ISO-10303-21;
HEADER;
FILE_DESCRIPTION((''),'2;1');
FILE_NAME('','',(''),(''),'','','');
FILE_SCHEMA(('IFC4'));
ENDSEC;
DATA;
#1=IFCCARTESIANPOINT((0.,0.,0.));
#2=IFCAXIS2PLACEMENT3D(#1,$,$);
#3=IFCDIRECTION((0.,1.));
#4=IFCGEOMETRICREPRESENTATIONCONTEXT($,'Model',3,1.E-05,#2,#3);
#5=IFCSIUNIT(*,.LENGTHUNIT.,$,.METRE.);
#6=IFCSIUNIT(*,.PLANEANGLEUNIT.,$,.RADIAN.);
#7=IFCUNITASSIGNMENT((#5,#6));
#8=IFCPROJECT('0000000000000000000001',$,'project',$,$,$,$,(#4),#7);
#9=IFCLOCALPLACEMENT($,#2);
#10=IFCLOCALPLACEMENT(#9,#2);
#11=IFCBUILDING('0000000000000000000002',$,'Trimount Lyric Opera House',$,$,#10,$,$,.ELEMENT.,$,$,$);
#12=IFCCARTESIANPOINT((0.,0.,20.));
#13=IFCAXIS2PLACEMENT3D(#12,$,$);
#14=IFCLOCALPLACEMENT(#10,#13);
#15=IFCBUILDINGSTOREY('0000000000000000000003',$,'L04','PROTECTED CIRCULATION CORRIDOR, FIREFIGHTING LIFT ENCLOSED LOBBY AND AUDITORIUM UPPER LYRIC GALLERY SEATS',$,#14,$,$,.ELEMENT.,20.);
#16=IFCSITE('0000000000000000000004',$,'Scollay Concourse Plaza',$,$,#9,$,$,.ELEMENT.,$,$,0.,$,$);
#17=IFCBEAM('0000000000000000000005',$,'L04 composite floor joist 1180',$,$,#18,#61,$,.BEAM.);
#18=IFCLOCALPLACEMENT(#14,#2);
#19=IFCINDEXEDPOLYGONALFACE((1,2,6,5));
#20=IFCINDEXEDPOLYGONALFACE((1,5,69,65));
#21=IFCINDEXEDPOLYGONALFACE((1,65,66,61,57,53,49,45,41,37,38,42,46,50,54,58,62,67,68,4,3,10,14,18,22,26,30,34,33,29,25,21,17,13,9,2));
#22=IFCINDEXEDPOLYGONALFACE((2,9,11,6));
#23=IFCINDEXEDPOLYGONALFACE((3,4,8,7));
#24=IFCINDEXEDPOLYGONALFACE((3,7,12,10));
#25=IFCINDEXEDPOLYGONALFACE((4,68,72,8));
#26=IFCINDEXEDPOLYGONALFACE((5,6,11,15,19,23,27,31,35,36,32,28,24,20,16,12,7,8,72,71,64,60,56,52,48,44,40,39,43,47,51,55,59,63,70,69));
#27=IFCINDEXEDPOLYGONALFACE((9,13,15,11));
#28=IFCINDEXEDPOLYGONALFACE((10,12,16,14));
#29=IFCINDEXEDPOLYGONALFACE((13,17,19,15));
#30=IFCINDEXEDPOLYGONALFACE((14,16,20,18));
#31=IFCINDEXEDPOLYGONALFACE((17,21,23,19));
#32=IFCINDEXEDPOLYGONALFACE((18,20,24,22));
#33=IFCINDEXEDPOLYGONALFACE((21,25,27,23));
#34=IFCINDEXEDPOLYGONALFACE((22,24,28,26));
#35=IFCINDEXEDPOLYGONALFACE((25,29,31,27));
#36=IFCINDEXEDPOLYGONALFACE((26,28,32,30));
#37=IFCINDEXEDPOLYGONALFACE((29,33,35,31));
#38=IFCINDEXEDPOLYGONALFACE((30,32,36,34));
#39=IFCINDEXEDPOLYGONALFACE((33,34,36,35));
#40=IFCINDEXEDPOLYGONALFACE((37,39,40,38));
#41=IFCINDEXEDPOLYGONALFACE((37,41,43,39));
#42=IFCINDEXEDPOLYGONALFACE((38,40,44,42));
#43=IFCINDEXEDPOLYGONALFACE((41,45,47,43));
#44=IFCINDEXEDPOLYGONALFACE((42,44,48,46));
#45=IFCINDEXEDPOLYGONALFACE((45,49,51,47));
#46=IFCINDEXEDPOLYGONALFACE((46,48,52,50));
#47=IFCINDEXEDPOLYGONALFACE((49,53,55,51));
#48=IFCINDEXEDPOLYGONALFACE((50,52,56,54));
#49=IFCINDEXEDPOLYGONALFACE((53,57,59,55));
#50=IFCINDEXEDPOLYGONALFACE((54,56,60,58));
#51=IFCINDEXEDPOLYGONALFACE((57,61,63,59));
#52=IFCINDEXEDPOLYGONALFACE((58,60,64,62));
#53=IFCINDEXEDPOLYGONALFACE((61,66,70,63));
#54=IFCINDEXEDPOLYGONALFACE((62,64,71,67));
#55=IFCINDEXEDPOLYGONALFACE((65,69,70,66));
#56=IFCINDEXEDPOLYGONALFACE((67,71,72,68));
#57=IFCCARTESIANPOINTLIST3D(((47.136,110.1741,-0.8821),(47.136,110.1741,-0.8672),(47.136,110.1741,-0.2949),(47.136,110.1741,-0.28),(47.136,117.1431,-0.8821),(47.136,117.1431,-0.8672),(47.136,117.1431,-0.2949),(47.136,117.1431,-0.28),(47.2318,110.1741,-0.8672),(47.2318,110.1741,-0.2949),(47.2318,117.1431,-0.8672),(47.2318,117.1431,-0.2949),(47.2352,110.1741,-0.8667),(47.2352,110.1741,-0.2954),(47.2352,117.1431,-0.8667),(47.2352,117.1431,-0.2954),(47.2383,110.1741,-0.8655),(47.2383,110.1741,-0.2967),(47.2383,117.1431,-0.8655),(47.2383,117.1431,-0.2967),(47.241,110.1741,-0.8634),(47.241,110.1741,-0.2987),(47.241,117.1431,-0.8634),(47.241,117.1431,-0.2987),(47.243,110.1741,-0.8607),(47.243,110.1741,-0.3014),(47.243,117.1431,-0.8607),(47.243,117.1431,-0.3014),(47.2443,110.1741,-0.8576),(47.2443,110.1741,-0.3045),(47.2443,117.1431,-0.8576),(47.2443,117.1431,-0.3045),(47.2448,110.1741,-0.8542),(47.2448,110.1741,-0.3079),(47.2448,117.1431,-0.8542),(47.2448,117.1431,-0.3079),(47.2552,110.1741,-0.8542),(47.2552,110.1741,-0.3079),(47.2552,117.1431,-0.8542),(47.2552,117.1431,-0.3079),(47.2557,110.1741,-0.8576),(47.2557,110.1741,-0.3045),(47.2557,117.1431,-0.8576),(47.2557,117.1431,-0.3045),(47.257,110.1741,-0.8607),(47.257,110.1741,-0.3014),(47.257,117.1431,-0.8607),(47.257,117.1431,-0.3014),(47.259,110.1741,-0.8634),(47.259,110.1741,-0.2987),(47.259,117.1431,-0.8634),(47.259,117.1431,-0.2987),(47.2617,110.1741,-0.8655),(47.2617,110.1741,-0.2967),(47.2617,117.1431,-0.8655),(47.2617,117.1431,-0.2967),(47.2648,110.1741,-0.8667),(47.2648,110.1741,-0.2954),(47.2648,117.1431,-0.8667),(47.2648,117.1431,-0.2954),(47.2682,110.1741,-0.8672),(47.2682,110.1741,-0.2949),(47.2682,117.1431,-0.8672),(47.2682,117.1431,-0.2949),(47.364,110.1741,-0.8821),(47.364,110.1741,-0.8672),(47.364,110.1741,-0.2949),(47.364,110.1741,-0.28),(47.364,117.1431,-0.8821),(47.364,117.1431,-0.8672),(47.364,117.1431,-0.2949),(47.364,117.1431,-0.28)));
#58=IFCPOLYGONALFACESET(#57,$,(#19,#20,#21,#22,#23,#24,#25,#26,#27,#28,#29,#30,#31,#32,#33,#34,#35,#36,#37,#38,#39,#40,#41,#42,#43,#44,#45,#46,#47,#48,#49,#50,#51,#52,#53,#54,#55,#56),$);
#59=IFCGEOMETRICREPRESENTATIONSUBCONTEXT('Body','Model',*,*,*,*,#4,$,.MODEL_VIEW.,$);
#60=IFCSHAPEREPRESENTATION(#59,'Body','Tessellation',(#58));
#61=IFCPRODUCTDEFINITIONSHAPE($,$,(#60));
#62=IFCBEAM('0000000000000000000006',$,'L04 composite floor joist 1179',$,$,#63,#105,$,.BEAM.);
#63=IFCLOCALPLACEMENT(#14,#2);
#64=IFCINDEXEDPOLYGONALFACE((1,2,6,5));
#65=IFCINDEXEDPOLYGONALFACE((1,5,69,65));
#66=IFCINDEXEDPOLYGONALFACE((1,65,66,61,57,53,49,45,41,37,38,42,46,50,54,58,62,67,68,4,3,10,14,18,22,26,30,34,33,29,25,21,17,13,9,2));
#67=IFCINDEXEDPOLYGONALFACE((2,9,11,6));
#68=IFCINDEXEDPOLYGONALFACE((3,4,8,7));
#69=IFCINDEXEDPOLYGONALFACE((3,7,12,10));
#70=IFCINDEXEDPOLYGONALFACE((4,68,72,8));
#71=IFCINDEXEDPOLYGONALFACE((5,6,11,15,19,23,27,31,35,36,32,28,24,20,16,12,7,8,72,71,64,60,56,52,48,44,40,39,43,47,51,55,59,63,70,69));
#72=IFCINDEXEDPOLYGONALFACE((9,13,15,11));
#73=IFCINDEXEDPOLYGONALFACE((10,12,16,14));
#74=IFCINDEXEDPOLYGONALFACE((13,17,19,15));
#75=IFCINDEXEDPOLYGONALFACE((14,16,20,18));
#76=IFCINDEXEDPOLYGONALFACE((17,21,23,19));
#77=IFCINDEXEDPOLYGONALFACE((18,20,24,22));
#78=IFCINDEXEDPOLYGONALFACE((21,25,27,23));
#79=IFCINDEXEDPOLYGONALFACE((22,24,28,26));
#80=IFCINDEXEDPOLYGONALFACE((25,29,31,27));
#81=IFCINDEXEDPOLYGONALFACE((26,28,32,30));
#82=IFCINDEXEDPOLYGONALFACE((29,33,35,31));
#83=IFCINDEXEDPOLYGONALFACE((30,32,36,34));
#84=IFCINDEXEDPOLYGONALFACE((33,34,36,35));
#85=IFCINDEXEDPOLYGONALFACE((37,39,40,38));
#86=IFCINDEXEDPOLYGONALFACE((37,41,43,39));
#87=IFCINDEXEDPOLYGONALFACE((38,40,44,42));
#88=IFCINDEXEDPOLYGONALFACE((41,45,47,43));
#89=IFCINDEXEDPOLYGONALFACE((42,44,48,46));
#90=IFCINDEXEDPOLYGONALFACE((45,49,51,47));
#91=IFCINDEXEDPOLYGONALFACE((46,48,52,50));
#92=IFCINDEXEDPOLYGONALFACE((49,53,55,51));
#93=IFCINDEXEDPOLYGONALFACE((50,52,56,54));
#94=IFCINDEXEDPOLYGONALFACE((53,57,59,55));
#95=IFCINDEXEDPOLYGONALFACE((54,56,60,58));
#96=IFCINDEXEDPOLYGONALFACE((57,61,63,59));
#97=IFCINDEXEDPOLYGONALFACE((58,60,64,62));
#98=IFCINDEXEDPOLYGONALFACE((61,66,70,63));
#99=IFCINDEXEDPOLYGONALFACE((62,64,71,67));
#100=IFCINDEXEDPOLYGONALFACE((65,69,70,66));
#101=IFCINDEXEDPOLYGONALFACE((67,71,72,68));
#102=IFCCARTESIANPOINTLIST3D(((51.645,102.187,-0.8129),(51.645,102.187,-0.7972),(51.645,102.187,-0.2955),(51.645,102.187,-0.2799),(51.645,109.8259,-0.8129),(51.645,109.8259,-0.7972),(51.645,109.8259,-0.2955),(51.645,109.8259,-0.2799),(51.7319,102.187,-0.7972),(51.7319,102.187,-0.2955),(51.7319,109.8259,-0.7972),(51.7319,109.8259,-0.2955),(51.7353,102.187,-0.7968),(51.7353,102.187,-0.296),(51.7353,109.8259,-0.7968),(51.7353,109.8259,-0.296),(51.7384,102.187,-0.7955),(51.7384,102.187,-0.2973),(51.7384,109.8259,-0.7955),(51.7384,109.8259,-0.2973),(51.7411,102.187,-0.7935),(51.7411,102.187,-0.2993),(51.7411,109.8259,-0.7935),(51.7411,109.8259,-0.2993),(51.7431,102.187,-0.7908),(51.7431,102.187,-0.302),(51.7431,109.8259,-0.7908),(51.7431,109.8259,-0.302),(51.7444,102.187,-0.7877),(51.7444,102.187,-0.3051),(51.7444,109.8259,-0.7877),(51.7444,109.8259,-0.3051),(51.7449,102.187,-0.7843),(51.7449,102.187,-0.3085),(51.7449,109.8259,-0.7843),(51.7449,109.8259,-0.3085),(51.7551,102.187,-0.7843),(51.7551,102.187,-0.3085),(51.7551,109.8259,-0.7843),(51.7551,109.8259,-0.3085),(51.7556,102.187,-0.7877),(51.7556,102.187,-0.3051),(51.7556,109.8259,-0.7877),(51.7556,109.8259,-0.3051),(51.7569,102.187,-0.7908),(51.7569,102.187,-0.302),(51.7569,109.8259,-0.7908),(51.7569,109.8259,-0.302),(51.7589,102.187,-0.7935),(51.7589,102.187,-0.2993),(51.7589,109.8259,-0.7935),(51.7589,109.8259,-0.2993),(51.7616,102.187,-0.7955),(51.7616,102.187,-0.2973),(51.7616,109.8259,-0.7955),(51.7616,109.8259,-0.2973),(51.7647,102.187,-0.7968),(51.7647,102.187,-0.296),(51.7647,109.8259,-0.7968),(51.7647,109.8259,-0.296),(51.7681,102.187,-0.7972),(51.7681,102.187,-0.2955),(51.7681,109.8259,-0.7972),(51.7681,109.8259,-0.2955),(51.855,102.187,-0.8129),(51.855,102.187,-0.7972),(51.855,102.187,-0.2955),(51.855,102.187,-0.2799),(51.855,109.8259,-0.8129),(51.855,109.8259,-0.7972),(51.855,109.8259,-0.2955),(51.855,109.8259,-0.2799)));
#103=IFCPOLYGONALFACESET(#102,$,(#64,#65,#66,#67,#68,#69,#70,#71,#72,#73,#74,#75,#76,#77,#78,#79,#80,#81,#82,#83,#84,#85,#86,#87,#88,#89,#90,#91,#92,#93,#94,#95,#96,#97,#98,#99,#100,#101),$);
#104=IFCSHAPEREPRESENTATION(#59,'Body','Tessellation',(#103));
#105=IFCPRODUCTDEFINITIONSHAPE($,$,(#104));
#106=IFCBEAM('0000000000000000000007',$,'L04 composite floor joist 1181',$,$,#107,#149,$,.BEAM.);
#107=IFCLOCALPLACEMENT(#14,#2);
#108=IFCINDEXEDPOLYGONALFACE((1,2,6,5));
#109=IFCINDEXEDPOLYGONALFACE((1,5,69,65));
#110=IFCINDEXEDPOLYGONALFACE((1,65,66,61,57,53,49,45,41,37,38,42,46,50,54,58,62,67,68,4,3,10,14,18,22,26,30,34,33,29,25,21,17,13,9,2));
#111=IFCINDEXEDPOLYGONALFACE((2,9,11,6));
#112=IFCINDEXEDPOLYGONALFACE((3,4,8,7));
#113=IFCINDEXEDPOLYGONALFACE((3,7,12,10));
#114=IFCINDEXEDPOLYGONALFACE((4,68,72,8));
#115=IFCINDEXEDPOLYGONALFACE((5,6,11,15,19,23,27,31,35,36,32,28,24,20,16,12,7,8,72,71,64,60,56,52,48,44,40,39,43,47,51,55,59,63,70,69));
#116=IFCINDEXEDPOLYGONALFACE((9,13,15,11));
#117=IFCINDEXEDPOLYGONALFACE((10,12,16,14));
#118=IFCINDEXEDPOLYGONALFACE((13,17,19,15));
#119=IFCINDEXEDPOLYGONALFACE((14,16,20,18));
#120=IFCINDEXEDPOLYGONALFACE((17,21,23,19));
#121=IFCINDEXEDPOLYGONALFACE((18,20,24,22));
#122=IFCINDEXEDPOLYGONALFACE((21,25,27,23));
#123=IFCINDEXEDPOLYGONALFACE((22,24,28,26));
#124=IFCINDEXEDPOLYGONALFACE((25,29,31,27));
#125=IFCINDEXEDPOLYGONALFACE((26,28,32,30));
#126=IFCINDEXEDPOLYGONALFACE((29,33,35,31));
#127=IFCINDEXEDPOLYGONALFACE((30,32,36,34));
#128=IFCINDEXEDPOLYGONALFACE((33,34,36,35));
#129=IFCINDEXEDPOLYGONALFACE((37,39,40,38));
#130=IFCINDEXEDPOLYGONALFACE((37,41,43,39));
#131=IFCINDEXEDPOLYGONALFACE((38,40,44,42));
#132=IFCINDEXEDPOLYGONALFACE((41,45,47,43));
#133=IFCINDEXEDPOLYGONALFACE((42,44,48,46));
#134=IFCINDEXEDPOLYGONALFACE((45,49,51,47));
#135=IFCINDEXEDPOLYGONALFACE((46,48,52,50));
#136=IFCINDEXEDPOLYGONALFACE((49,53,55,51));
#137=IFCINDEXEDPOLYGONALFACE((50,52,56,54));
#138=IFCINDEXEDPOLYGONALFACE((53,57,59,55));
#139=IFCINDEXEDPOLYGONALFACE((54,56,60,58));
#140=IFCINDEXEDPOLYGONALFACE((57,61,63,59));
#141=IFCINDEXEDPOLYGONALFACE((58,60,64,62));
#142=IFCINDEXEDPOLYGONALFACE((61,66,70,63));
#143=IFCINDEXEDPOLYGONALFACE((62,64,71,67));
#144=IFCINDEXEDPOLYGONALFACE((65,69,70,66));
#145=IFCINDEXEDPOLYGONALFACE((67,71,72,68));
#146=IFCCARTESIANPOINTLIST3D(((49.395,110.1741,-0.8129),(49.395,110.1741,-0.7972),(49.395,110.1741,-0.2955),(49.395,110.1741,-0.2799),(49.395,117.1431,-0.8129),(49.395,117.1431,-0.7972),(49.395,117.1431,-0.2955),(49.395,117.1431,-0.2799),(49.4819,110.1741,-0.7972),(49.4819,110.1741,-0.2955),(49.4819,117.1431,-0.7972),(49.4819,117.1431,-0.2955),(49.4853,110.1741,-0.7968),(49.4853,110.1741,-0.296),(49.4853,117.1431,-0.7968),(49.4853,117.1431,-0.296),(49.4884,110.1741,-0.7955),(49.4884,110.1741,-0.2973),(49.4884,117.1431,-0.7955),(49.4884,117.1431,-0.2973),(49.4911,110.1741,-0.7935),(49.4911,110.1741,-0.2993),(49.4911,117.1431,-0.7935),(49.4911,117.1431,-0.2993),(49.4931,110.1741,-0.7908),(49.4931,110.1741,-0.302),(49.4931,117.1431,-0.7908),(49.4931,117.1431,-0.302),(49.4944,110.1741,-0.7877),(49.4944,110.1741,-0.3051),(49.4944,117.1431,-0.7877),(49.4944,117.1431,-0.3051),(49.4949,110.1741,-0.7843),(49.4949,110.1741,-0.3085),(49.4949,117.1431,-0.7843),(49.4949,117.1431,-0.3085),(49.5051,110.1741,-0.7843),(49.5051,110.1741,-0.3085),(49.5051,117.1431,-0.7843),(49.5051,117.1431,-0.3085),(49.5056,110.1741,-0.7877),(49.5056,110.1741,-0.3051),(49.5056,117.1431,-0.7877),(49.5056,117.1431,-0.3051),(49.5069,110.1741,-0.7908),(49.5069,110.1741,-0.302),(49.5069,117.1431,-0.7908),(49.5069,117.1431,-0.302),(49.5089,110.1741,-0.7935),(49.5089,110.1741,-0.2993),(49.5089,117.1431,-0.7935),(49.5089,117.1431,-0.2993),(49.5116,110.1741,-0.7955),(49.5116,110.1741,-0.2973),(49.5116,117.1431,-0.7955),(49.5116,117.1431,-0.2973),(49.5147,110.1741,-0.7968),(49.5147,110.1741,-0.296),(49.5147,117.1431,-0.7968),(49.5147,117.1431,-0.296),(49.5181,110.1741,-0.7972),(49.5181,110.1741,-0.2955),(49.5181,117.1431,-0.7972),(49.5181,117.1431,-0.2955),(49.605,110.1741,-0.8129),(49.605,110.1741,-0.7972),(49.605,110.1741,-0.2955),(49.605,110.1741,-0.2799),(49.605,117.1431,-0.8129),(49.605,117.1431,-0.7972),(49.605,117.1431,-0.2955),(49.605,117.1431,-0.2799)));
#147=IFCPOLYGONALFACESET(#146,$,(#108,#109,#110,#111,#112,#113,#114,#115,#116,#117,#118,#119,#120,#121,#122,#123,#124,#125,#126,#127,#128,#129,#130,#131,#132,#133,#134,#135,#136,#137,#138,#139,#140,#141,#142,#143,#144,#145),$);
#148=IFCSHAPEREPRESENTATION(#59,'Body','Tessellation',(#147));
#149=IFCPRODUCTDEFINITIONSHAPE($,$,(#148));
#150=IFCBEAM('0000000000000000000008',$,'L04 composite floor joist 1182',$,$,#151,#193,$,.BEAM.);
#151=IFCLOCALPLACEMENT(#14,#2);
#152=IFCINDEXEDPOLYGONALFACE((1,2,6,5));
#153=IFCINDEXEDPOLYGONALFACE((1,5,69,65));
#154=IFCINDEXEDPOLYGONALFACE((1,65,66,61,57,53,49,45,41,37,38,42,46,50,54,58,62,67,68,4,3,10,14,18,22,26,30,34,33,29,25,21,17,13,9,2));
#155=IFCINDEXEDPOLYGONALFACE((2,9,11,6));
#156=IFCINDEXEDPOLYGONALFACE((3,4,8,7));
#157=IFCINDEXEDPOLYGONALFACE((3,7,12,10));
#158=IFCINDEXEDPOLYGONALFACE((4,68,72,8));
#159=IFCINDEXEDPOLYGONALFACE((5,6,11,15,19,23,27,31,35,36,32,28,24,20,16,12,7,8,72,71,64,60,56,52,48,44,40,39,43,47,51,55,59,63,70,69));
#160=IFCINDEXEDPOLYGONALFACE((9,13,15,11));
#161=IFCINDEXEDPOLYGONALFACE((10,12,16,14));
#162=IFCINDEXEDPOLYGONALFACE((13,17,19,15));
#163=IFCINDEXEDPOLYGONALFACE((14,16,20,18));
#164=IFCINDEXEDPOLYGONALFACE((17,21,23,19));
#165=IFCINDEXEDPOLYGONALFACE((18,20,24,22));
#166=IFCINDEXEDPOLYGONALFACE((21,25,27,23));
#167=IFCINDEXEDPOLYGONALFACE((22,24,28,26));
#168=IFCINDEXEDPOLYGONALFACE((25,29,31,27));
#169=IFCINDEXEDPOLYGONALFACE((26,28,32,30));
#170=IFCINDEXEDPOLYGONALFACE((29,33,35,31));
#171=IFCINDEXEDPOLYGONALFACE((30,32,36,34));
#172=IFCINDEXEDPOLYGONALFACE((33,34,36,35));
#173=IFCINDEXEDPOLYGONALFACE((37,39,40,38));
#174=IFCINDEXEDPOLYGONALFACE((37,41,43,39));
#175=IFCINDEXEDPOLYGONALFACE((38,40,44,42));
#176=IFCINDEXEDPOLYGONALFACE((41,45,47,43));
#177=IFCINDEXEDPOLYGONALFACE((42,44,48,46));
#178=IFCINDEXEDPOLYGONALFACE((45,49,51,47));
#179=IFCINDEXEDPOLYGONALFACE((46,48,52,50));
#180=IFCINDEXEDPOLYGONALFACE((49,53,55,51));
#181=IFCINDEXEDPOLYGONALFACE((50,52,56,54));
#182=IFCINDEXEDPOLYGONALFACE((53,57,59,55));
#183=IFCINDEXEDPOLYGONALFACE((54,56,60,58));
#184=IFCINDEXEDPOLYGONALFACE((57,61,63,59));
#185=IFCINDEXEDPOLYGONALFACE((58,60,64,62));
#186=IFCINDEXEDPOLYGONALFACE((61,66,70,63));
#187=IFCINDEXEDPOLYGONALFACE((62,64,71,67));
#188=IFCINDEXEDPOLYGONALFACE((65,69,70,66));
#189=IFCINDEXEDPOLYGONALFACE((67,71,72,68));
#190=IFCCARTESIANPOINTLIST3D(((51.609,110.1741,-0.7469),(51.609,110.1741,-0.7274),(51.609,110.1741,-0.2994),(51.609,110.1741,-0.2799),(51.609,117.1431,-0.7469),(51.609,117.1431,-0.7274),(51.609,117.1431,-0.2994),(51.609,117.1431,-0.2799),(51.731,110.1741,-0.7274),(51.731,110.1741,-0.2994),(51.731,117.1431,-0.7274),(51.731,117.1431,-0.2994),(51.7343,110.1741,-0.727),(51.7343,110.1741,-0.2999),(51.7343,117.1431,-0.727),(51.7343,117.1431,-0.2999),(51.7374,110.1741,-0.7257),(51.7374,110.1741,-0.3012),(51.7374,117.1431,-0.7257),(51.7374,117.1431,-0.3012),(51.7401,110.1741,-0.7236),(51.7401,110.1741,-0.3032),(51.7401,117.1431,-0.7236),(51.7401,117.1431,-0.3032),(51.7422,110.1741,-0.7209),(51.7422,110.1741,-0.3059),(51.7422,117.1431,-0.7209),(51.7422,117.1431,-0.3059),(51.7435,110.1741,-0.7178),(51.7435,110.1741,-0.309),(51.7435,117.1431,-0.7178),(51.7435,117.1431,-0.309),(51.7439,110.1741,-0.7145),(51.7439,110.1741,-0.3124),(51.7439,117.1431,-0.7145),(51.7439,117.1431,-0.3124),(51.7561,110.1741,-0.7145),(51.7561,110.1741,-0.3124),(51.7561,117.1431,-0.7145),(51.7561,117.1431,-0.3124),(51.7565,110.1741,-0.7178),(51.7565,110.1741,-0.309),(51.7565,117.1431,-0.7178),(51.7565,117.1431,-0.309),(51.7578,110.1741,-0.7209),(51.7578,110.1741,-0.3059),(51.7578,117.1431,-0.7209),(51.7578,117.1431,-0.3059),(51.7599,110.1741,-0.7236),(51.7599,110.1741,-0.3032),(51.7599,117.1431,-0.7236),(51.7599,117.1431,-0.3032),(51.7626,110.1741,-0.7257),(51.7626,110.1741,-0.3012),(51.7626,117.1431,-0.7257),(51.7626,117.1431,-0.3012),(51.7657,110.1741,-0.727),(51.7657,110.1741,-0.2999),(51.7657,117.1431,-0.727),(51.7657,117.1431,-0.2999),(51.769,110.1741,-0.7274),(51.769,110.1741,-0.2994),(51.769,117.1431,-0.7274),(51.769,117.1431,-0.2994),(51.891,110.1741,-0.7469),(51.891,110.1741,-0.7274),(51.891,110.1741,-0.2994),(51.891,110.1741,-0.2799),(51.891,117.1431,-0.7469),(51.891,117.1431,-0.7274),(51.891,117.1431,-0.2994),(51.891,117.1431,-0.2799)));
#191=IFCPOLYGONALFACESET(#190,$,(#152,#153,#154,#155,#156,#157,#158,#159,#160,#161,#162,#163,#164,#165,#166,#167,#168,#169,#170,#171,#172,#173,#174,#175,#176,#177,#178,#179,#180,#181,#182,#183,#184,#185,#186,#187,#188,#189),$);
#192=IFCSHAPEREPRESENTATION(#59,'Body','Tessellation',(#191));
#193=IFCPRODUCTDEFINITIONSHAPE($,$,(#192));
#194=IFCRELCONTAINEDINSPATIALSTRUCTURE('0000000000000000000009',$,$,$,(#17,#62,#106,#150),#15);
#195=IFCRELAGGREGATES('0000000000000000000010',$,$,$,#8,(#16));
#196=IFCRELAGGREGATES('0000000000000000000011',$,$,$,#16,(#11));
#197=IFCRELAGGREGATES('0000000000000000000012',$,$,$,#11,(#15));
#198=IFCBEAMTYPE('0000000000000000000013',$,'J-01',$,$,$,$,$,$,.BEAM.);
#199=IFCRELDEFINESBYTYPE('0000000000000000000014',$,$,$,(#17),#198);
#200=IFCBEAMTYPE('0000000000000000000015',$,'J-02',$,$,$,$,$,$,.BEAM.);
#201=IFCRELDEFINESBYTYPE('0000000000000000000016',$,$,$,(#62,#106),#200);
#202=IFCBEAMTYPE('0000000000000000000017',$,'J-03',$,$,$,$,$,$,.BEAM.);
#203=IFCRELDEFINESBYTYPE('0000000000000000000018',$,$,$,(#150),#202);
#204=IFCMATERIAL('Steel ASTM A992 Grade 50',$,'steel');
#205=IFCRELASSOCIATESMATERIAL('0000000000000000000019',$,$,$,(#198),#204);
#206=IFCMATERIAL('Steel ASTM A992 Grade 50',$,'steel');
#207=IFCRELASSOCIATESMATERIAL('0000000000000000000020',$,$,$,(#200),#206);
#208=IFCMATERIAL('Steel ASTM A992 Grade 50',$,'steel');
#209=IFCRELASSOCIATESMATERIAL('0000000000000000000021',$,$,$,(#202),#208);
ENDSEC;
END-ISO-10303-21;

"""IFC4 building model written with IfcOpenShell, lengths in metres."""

from ifc_helpers import new_model, si_unit, direction, frame, origin, origin_2d, place, context, subcontext, project, spatial, i_section, extrude, material, material_profile, profile_set, type_object, element, save


model = new_model("IFC4")

# Units and contexts
model_context = context("Model", 3, precision=1e-05, world=origin(), true_north=direction((0.0, 1.0)))
body_context = subcontext(model_context, "Body", "Model", "MODEL_VIEW")
ifc_project = project(units=[si_unit("LENGTHUNIT", "METRE"), si_unit("PLANEANGLEUNIT", "RADIAN")], contexts=[model_context])

# Site, building, storey
site_placement = place(None, origin())
site = spatial("IfcSite", under=ifc_project, at=site_placement, Name="Scollay Concourse Plaza", CompositionType="ELEMENT", RefElevation=0.0)
building_placement = place(site_placement, origin())
building = spatial("IfcBuilding", under=site, at=building_placement, Name="Trimount Lyric Opera House", CompositionType="ELEMENT")
storey_placement = place(building_placement, frame((0.0, 0.0, 20.0)))
storey = spatial("IfcBuildingStorey", under=building, at=storey_placement, Name="L04", Description="PROTECTED CIRCULATION CORRIDOR, FIREFIGHTING LIFT ENCLOSED LOBBY AND AUDITORIUM UPPER LYRIC GALLERY SEATS", CompositionType="ELEMENT", Elevation=20.0)

# Beams
ifc_material_1 = material(Name="Steel ASTM A992 Grade 50", Category="steel")
ifc_material_profile_1 = material_profile(ifc_material_1, i_section(OverallWidth=0.228, OverallDepth=0.6021, WebThickness=0.0105, FlangeThickness=0.0149, FilletRadius=0.0129, at=origin_2d()), Name="W24X68")
ifc_profile_set_1 = profile_set([ifc_material_profile_1], Name="Steel ASTM A992 Grade 50")
beam_type_1 = type_object("IfcBeamType", Name="J-01", PredefinedType="BEAM", material=ifc_profile_set_1)
beam_1_placement = place(storey_placement, frame((47.25, 110.1741, -0.5811), z_axis=(0.0, 1.0, 0.0), x_axis=(-1.0, 0.0, 0.0)))
element("IfcBeam", 1, at=beam_1_placement, inside=storey, type_object=beam_type_1, Name="L04 composite floor joist 1180", PredefinedType="BEAM", context=body_context, shape_type="SweptSolid", body=[
    extrude(i_section(OverallWidth=0.228, OverallDepth=0.6021, WebThickness=0.0105, FlangeThickness=0.0149, FilletRadius=0.0129, at=origin_2d()), origin(), (0.0, 0.0, 1.0), 6.969),
])
ifc_material_2 = material(Name="Steel ASTM A992 Grade 50", Category="steel")
ifc_material_profile_2 = material_profile(ifc_material_2, i_section(OverallWidth=0.21, OverallDepth=0.533, WebThickness=0.0103, FlangeThickness=0.0156, FilletRadius=0.0129, at=origin_2d()), Name="W21X62")
ifc_profile_set_2 = profile_set([ifc_material_profile_2], Name="Steel ASTM A992 Grade 50")
beam_type_2 = type_object("IfcBeamType", Name="J-02", PredefinedType="BEAM", material=ifc_profile_set_2)
beam_2_placement = place(storey_placement, frame((51.75, 102.187, -0.5464), z_axis=(0.0, 1.0, 0.0), x_axis=(-1.0, 0.0, 0.0)))
element("IfcBeam", 2, at=beam_2_placement, inside=storey, type_object=beam_type_2, Name="L04 composite floor joist 1179", PredefinedType="BEAM", context=body_context, shape_type="SweptSolid", body=[
    extrude(i_section(OverallWidth=0.21, OverallDepth=0.533, WebThickness=0.0103, FlangeThickness=0.0156, FilletRadius=0.0129, at=origin_2d()), origin(), (0.0, 0.0, 1.0), 7.6389),
])
beam_3_placement = place(storey_placement, frame((49.5, 110.1741, -0.5464), z_axis=(0.0, 1.0, 0.0), x_axis=(-1.0, 0.0, 0.0)))
element("IfcBeam", 3, at=beam_3_placement, inside=storey, type_object=beam_type_2, Name="L04 composite floor joist 1181", PredefinedType="BEAM", context=body_context, shape_type="SweptSolid", body=[
    extrude(i_section(OverallWidth=0.21, OverallDepth=0.533, WebThickness=0.0103, FlangeThickness=0.0156, FilletRadius=0.0129, at=origin_2d()), origin(), (0.0, 0.0, 1.0), 6.969),
])
ifc_material_3 = material(Name="Steel ASTM A992 Grade 50", Category="steel")
ifc_material_profile_3 = material_profile(ifc_material_3, i_section(OverallWidth=0.282, OverallDepth=0.467, WebThickness=0.0122, FlangeThickness=0.0195, FilletRadius=0.0129, at=origin_2d()), Name="W18X86")
ifc_profile_set_3 = profile_set([ifc_material_profile_3], Name="Steel ASTM A992 Grade 50")
beam_type_3 = type_object("IfcBeamType", Name="J-03", PredefinedType="BEAM", material=ifc_profile_set_3)
beam_4_placement = place(storey_placement, frame((51.75, 110.1741, -0.5134), z_axis=(0.0, 1.0, 0.0), x_axis=(-1.0, 0.0, 0.0)))
element("IfcBeam", 4, at=beam_4_placement, inside=storey, type_object=beam_type_3, Name="L04 composite floor joist 1182", PredefinedType="BEAM", context=body_context, shape_type="SweptSolid", body=[
    extrude(i_section(OverallWidth=0.282, OverallDepth=0.467, WebThickness=0.0122, FlangeThickness=0.0195, FilletRadius=0.0129, at=origin_2d()), origin(), (0.0, 0.0, 1.0), 6.969),
])

save(model, "model.ifc")
